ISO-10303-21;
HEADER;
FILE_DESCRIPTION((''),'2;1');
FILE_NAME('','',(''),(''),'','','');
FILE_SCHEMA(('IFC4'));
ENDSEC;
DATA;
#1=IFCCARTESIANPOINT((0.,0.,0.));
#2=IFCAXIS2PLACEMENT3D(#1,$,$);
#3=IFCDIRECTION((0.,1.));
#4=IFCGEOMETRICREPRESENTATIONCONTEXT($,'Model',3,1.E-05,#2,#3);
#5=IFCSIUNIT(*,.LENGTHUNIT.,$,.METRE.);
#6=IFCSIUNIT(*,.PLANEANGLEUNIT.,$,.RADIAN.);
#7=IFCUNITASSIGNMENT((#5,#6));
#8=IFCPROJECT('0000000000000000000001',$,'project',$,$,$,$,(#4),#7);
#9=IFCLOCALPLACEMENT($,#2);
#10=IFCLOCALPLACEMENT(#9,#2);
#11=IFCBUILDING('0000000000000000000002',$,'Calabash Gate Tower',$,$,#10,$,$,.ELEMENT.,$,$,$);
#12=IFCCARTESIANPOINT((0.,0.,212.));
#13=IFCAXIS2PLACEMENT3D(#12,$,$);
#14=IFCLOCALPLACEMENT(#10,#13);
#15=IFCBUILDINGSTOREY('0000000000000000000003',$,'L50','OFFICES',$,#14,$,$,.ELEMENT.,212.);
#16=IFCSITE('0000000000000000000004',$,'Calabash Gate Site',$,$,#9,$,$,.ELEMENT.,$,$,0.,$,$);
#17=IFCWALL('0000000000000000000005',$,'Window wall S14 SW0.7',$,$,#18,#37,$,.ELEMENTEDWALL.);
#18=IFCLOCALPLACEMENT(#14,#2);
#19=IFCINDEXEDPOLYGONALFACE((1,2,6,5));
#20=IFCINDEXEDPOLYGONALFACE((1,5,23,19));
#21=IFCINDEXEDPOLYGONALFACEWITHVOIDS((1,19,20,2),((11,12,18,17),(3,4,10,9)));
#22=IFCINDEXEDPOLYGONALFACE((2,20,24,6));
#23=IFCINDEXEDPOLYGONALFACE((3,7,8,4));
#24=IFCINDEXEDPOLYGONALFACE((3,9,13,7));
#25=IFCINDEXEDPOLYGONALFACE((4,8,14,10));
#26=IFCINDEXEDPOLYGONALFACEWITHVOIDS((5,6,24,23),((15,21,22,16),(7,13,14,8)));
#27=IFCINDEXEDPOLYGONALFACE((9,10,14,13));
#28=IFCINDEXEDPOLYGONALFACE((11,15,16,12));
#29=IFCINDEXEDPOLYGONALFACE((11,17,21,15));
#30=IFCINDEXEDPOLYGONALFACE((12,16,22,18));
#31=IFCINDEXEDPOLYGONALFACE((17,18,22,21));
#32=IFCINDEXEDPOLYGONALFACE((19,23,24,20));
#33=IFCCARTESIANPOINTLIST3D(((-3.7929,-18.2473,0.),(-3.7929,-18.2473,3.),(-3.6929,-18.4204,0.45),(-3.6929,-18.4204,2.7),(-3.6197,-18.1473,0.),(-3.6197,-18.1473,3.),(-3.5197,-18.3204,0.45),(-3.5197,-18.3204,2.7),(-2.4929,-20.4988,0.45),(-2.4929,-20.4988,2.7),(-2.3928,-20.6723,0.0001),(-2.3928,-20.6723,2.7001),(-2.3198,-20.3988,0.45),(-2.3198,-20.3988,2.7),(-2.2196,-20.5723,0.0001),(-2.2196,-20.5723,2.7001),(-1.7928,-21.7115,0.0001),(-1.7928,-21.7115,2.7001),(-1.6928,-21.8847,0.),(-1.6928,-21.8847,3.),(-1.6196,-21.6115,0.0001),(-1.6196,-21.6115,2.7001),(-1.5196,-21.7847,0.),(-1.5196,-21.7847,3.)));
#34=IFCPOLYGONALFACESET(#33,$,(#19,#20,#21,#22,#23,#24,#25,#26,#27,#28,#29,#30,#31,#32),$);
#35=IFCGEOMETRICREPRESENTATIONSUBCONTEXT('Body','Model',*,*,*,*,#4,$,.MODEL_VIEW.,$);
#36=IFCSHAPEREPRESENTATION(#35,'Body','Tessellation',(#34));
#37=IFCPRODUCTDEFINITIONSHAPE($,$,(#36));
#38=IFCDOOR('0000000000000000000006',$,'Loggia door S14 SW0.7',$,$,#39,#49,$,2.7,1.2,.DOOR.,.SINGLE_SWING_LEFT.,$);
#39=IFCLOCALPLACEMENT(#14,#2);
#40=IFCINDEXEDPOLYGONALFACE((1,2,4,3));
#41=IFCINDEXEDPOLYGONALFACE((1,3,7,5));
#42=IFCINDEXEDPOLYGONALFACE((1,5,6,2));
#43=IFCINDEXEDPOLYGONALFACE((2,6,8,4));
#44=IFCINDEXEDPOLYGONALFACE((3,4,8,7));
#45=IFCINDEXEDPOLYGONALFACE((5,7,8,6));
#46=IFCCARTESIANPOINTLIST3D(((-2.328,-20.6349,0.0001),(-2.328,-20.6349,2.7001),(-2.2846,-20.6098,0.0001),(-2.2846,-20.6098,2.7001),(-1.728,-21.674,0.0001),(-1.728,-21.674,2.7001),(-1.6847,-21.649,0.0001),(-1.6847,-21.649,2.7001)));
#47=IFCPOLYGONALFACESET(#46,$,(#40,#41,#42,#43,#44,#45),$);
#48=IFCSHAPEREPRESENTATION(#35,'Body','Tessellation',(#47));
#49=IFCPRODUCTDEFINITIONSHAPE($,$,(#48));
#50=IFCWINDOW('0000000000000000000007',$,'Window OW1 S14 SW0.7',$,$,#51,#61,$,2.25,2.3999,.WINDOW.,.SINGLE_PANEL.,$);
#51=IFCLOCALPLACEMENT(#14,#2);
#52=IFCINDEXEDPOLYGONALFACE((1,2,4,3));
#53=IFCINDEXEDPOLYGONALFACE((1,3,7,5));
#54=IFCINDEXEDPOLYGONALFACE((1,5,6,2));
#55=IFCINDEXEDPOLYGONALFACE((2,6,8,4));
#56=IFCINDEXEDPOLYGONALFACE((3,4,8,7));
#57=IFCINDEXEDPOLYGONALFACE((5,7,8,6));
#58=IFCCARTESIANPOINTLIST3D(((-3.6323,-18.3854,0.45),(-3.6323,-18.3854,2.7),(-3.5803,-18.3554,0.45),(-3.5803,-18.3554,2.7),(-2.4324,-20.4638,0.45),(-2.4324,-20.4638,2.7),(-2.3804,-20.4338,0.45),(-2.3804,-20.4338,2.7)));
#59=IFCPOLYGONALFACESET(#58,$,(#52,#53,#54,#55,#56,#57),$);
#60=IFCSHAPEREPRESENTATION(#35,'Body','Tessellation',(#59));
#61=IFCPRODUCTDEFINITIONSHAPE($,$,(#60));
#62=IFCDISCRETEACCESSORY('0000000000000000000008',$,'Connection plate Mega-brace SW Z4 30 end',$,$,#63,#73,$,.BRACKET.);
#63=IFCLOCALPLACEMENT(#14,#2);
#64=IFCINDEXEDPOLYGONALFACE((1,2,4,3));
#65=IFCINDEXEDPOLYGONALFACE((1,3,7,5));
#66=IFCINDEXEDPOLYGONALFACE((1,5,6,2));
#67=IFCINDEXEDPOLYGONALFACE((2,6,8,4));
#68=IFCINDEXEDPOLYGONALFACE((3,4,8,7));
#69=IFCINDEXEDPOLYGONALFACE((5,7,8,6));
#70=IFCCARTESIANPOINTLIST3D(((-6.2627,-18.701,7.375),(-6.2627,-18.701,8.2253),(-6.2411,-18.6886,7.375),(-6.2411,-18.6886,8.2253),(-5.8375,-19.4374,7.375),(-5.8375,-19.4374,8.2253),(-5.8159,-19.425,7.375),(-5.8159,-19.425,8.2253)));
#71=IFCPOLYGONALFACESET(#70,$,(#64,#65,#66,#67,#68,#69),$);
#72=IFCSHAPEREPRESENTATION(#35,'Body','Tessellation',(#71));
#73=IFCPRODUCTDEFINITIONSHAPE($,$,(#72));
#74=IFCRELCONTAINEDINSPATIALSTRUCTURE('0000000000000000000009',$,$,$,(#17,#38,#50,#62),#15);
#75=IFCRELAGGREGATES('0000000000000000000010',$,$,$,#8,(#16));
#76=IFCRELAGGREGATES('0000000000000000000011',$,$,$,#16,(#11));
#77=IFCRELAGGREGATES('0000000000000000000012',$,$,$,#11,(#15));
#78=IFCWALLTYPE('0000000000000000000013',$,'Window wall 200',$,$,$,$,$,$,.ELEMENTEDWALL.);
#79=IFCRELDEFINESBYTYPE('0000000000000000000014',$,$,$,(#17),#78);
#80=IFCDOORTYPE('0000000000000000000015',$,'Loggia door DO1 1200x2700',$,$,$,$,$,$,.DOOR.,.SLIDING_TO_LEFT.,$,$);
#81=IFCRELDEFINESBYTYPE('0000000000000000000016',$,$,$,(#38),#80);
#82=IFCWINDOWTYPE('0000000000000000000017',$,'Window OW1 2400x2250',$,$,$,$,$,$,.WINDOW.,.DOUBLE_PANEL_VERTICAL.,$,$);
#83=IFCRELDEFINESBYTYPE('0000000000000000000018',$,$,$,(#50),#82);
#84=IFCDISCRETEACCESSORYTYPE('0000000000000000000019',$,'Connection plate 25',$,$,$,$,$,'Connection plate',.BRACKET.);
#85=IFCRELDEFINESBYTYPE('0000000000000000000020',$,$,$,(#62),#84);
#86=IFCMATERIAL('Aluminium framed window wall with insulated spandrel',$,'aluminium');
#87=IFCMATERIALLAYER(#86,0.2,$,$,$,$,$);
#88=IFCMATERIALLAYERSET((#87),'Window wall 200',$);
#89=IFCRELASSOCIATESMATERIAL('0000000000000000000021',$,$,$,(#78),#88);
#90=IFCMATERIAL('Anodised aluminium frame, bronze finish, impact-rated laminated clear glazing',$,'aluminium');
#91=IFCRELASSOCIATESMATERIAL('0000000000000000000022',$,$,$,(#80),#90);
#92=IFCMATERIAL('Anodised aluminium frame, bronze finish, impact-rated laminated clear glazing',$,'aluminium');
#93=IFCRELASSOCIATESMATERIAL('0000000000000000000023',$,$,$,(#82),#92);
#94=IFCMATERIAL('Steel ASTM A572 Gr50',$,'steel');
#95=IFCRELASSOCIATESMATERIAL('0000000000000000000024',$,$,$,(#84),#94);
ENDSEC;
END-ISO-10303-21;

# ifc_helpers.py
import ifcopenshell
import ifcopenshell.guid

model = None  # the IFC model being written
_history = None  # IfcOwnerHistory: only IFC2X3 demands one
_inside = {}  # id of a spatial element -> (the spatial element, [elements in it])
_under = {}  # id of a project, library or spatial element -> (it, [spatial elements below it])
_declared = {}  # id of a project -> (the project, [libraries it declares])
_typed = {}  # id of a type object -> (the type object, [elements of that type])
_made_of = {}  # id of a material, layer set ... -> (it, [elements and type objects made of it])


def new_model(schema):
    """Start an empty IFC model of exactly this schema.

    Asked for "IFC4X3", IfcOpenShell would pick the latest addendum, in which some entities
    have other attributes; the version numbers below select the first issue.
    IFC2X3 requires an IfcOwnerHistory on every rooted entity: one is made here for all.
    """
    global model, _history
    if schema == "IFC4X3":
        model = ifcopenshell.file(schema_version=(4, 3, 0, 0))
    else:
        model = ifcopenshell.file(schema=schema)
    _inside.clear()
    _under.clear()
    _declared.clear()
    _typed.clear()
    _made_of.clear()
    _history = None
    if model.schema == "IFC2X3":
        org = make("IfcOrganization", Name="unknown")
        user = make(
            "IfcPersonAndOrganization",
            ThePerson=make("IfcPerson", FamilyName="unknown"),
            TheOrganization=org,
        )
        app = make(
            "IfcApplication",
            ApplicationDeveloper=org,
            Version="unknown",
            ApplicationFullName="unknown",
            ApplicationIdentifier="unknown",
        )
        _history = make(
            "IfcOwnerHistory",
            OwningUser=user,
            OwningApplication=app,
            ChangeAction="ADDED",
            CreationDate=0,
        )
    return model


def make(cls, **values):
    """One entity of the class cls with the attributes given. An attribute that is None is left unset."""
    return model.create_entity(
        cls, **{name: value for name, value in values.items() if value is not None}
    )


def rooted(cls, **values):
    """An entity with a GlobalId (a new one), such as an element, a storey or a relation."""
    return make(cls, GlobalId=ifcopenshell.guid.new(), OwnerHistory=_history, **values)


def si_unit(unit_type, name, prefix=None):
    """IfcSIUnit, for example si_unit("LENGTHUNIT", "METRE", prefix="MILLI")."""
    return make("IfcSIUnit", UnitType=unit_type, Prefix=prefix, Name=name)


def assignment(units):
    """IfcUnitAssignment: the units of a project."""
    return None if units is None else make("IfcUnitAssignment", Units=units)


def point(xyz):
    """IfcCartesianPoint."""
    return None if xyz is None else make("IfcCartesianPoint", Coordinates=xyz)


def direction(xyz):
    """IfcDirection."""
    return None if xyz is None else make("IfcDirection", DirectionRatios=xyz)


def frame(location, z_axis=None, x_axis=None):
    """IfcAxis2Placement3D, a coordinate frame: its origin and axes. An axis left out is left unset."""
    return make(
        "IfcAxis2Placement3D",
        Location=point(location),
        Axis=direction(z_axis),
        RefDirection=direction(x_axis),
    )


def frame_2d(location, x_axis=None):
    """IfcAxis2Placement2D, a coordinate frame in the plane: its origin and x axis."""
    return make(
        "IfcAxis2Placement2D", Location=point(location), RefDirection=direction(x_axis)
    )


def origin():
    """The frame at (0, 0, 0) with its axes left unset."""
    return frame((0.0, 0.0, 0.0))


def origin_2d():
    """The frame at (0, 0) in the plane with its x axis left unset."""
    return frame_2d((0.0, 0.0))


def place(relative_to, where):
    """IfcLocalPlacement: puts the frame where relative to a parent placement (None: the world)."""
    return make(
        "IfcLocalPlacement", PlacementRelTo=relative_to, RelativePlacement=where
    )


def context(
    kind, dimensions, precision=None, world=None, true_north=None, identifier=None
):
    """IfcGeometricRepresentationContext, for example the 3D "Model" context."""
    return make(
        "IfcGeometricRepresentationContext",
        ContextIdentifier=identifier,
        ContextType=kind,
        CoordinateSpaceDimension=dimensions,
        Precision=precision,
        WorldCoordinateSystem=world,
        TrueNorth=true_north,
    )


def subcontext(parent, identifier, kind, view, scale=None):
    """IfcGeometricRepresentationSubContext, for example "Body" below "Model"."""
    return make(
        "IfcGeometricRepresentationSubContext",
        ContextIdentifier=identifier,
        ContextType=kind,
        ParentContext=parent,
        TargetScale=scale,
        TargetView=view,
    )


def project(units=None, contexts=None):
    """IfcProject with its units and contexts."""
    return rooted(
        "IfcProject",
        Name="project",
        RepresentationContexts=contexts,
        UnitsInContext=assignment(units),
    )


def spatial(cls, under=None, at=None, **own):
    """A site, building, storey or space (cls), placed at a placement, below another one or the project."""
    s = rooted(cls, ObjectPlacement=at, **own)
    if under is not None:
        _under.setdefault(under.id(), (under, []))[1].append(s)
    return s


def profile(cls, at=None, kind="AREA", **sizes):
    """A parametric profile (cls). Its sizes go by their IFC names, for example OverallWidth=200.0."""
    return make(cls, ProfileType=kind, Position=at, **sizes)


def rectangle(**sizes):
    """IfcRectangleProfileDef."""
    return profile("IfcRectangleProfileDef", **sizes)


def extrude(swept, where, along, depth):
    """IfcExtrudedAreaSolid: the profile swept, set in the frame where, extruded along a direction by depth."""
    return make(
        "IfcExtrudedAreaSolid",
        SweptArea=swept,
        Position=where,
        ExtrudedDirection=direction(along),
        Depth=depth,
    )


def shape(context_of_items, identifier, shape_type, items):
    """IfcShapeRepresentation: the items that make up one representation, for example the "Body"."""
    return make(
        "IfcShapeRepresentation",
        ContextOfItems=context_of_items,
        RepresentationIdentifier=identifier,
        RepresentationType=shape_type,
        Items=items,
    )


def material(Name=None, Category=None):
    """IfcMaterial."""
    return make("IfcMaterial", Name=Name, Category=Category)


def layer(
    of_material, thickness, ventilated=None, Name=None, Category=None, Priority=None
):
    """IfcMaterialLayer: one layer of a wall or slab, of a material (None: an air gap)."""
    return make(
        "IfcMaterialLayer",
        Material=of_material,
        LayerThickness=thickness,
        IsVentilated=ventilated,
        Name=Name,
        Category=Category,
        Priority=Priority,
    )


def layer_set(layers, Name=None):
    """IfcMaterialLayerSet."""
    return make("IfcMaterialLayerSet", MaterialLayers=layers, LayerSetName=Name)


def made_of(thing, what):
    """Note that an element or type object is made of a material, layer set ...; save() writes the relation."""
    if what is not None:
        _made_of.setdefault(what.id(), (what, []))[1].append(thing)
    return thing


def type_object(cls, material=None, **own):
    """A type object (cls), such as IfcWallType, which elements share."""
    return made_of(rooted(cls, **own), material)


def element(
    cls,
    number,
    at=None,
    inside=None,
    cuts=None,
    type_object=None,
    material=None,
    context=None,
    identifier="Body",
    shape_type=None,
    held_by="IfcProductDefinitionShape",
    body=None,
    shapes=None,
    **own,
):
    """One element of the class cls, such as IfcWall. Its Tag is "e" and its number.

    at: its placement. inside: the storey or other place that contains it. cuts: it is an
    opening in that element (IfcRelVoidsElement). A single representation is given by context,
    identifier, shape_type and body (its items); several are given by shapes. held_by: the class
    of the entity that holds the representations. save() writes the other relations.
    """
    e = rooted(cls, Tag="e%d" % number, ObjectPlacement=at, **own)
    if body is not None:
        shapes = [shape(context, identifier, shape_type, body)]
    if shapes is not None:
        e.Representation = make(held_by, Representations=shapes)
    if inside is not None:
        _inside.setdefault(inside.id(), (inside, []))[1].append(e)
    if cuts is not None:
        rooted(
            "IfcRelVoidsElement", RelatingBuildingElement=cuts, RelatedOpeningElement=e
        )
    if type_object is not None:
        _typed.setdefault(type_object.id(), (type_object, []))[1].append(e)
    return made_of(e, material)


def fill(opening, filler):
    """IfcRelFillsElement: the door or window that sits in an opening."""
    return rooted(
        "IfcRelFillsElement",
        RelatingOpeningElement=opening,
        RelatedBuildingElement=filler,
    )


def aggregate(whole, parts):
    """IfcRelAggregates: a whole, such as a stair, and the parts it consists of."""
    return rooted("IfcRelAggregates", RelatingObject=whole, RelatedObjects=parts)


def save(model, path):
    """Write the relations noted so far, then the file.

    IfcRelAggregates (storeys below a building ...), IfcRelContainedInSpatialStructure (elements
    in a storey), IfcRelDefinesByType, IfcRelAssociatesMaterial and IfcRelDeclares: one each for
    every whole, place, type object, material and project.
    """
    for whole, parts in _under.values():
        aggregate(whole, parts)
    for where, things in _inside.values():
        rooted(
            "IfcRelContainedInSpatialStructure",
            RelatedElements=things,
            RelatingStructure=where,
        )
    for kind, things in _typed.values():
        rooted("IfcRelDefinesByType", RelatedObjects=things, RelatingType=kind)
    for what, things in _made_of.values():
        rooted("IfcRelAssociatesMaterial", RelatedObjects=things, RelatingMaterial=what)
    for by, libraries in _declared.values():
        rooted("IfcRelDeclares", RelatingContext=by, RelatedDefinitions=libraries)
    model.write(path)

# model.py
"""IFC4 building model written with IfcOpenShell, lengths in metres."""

from ifc_helpers import new_model, si_unit, direction, frame, frame_2d, origin, origin_2d, place, context, subcontext, project, spatial, rectangle, extrude, material, layer, layer_set, type_object, element, fill, save


model = new_model("IFC4")

# Units and contexts
model_context = context("Model", 3, precision=1e-05, world=origin(), true_north=direction((0.0, 1.0)))
body_context = subcontext(model_context, "Body", "Model", "MODEL_VIEW")
ifc_project = project(units=[si_unit("LENGTHUNIT", "METRE"), si_unit("PLANEANGLEUNIT", "RADIAN")], contexts=[model_context])

# Site, building, storey
site_placement = place(None, origin())
site = spatial("IfcSite", under=ifc_project, at=site_placement, Name="Calabash Gate Site", CompositionType="ELEMENT", RefElevation=0.0)
building_placement = place(site_placement, origin())
building = spatial("IfcBuilding", under=site, at=building_placement, Name="Calabash Gate Tower", CompositionType="ELEMENT")
storey_placement = place(building_placement, frame((0.0, 0.0, 212.0)))
storey = spatial("IfcBuildingStorey", under=building, at=storey_placement, Name="L50", Description="OFFICES", CompositionType="ELEMENT", Elevation=212.0)

# Shared definitions
ifc_material_1 = material(Name="Aluminium framed window wall with insulated spandrel", Category="aluminium")
ifc_layer_1 = layer(ifc_material_1, 0.2)
ifc_layer_set_1 = layer_set([ifc_layer_1], Name="Window wall 200")
wall_type_1 = type_object("IfcWallType", Name="Window wall 200", PredefinedType="ELEMENTEDWALL", material=ifc_layer_set_1)

# Wall, openings, door, window
wall_1_placement = place(storey_placement, frame((-3.7063, -18.1973, 0.0), z_axis=(0.0, 0.0, 1.0), x_axis=(0.500003, -0.866024, 0.0)))
wall_1 = element("IfcWall", 1, at=wall_1_placement, inside=storey, type_object=wall_type_1, Name="Window wall S14 SW0.7", PredefinedType="ELEMENTEDWALL", context=body_context, shape_type="SweptSolid", body=[
    extrude(rectangle(XDim=4.2002, YDim=0.2, at=frame_2d((2.1001, 0.0))), origin(), (0.0, 0.0, 1.0), 3.0),
])
opening_1_placement = place(wall_1_placement, frame((0.2, 0.0, 0.45)))
opening_1 = element("IfcOpeningElement", 2, at=opening_1_placement, cuts=wall_1, PredefinedType="OPENING", context=body_context, shape_type="SweptSolid", body=[
    extrude(rectangle(XDim=2.3999, YDim=2.25, at=frame_2d((1.2, 1.125))), frame((0.0, 0.1099, 0.0), z_axis=(0.0, -1.0, 0.0), x_axis=(1.0, 0.0, 0.0)), (0.0, 0.0, 1.0), 0.22),
])
opening_2_placement = place(wall_1_placement, frame((2.8, 0.0, 0.0)))
opening_2 = element("IfcOpeningElement", 3, at=opening_2_placement, cuts=wall_1, PredefinedType="OPENING", context=body_context, shape_type="SweptSolid", body=[
    extrude(rectangle(XDim=1.2, YDim=2.7, at=frame_2d((0.6001, 1.3501))), frame((0.0, 0.1099, 0.0), z_axis=(0.0, -1.0, 0.0), x_axis=(1.0, 0.0, 0.0)), (0.0, 0.0, 1.0), 0.22),
])
ifc_material_2 = material(Name="Anodised aluminium frame, bronze finish, impact-rated laminated clear glazing", Category="aluminium")
door_type = type_object("IfcDoorType", Name="Loggia door DO1 1200x2700", OperationType="SLIDING_TO_LEFT", PredefinedType="DOOR", material=ifc_material_2)
door_placement = place(opening_2_placement, origin())
door = element("IfcDoor", 4, at=door_placement, inside=storey, type_object=door_type, Name="Loggia door S14 SW0.7", OperationType="SINGLE_SWING_LEFT", OverallHeight=2.7, OverallWidth=1.2, PredefinedType="DOOR", context=body_context, shape_type="SweptSolid", body=[
    extrude(rectangle(XDim=1.2, YDim=2.7, at=frame_2d((0.6001, 1.3501))), frame((0.0, 0.0249, 0.0), z_axis=(0.0, -1.0, 0.0), x_axis=(1.0, 0.0, 0.0)), (0.0, 0.0, 1.0), 0.05),
])
fill(opening_2, door)
ifc_material_3 = material(Name="Anodised aluminium frame, bronze finish, impact-rated laminated clear glazing", Category="aluminium")
window_type = type_object("IfcWindowType", Name="Window OW1 2400x2250", PartitioningType="DOUBLE_PANEL_VERTICAL", PredefinedType="WINDOW", material=ifc_material_3)
window_placement = place(opening_1_placement, origin())
window = element("IfcWindow", 5, at=window_placement, inside=storey, type_object=window_type, Name="Window OW1 S14 SW0.7", OverallHeight=2.25, OverallWidth=2.3999, PartitioningType="SINGLE_PANEL", PredefinedType="WINDOW", context=body_context, shape_type="SweptSolid", body=[
    extrude(rectangle(XDim=2.3999, YDim=2.25, at=frame_2d((1.2, 1.125))), frame((0.0, 0.03, 0.0), z_axis=(0.0, -1.0, 0.0), x_axis=(1.0, 0.0, 0.0)), (0.0, 0.0, 1.0), 0.0601),
])
fill(opening_1, window)

# Discrete accessory
ifc_material_4 = material(Name="Steel ASTM A572 Gr50", Category="steel")
discrete_accessory_type = type_object("IfcDiscreteAccessoryType", Name="Connection plate 25", ElementType="Connection plate", PredefinedType="BRACKET", material=ifc_material_4)
discrete_accessory_placement = place(storey_placement, frame((-6.0393, -19.063, 7.375), z_axis=(0.0, 0.0, 1.0), x_axis=(0.5, -0.866025, 0.0)))
element("IfcDiscreteAccessory", 6, at=discrete_accessory_placement, inside=storey, type_object=discrete_accessory_type, Name="Connection plate Mega-brace SW Z4 30 end", PredefinedType="BRACKET", context=body_context, shape_type="SweptSolid", body=[
    extrude(rectangle(XDim=0.8503, YDim=0.0249, at=origin_2d()), origin(), (0.0, 0.0, 1.0), 0.8503),
])

save(model, "model.ifc")
